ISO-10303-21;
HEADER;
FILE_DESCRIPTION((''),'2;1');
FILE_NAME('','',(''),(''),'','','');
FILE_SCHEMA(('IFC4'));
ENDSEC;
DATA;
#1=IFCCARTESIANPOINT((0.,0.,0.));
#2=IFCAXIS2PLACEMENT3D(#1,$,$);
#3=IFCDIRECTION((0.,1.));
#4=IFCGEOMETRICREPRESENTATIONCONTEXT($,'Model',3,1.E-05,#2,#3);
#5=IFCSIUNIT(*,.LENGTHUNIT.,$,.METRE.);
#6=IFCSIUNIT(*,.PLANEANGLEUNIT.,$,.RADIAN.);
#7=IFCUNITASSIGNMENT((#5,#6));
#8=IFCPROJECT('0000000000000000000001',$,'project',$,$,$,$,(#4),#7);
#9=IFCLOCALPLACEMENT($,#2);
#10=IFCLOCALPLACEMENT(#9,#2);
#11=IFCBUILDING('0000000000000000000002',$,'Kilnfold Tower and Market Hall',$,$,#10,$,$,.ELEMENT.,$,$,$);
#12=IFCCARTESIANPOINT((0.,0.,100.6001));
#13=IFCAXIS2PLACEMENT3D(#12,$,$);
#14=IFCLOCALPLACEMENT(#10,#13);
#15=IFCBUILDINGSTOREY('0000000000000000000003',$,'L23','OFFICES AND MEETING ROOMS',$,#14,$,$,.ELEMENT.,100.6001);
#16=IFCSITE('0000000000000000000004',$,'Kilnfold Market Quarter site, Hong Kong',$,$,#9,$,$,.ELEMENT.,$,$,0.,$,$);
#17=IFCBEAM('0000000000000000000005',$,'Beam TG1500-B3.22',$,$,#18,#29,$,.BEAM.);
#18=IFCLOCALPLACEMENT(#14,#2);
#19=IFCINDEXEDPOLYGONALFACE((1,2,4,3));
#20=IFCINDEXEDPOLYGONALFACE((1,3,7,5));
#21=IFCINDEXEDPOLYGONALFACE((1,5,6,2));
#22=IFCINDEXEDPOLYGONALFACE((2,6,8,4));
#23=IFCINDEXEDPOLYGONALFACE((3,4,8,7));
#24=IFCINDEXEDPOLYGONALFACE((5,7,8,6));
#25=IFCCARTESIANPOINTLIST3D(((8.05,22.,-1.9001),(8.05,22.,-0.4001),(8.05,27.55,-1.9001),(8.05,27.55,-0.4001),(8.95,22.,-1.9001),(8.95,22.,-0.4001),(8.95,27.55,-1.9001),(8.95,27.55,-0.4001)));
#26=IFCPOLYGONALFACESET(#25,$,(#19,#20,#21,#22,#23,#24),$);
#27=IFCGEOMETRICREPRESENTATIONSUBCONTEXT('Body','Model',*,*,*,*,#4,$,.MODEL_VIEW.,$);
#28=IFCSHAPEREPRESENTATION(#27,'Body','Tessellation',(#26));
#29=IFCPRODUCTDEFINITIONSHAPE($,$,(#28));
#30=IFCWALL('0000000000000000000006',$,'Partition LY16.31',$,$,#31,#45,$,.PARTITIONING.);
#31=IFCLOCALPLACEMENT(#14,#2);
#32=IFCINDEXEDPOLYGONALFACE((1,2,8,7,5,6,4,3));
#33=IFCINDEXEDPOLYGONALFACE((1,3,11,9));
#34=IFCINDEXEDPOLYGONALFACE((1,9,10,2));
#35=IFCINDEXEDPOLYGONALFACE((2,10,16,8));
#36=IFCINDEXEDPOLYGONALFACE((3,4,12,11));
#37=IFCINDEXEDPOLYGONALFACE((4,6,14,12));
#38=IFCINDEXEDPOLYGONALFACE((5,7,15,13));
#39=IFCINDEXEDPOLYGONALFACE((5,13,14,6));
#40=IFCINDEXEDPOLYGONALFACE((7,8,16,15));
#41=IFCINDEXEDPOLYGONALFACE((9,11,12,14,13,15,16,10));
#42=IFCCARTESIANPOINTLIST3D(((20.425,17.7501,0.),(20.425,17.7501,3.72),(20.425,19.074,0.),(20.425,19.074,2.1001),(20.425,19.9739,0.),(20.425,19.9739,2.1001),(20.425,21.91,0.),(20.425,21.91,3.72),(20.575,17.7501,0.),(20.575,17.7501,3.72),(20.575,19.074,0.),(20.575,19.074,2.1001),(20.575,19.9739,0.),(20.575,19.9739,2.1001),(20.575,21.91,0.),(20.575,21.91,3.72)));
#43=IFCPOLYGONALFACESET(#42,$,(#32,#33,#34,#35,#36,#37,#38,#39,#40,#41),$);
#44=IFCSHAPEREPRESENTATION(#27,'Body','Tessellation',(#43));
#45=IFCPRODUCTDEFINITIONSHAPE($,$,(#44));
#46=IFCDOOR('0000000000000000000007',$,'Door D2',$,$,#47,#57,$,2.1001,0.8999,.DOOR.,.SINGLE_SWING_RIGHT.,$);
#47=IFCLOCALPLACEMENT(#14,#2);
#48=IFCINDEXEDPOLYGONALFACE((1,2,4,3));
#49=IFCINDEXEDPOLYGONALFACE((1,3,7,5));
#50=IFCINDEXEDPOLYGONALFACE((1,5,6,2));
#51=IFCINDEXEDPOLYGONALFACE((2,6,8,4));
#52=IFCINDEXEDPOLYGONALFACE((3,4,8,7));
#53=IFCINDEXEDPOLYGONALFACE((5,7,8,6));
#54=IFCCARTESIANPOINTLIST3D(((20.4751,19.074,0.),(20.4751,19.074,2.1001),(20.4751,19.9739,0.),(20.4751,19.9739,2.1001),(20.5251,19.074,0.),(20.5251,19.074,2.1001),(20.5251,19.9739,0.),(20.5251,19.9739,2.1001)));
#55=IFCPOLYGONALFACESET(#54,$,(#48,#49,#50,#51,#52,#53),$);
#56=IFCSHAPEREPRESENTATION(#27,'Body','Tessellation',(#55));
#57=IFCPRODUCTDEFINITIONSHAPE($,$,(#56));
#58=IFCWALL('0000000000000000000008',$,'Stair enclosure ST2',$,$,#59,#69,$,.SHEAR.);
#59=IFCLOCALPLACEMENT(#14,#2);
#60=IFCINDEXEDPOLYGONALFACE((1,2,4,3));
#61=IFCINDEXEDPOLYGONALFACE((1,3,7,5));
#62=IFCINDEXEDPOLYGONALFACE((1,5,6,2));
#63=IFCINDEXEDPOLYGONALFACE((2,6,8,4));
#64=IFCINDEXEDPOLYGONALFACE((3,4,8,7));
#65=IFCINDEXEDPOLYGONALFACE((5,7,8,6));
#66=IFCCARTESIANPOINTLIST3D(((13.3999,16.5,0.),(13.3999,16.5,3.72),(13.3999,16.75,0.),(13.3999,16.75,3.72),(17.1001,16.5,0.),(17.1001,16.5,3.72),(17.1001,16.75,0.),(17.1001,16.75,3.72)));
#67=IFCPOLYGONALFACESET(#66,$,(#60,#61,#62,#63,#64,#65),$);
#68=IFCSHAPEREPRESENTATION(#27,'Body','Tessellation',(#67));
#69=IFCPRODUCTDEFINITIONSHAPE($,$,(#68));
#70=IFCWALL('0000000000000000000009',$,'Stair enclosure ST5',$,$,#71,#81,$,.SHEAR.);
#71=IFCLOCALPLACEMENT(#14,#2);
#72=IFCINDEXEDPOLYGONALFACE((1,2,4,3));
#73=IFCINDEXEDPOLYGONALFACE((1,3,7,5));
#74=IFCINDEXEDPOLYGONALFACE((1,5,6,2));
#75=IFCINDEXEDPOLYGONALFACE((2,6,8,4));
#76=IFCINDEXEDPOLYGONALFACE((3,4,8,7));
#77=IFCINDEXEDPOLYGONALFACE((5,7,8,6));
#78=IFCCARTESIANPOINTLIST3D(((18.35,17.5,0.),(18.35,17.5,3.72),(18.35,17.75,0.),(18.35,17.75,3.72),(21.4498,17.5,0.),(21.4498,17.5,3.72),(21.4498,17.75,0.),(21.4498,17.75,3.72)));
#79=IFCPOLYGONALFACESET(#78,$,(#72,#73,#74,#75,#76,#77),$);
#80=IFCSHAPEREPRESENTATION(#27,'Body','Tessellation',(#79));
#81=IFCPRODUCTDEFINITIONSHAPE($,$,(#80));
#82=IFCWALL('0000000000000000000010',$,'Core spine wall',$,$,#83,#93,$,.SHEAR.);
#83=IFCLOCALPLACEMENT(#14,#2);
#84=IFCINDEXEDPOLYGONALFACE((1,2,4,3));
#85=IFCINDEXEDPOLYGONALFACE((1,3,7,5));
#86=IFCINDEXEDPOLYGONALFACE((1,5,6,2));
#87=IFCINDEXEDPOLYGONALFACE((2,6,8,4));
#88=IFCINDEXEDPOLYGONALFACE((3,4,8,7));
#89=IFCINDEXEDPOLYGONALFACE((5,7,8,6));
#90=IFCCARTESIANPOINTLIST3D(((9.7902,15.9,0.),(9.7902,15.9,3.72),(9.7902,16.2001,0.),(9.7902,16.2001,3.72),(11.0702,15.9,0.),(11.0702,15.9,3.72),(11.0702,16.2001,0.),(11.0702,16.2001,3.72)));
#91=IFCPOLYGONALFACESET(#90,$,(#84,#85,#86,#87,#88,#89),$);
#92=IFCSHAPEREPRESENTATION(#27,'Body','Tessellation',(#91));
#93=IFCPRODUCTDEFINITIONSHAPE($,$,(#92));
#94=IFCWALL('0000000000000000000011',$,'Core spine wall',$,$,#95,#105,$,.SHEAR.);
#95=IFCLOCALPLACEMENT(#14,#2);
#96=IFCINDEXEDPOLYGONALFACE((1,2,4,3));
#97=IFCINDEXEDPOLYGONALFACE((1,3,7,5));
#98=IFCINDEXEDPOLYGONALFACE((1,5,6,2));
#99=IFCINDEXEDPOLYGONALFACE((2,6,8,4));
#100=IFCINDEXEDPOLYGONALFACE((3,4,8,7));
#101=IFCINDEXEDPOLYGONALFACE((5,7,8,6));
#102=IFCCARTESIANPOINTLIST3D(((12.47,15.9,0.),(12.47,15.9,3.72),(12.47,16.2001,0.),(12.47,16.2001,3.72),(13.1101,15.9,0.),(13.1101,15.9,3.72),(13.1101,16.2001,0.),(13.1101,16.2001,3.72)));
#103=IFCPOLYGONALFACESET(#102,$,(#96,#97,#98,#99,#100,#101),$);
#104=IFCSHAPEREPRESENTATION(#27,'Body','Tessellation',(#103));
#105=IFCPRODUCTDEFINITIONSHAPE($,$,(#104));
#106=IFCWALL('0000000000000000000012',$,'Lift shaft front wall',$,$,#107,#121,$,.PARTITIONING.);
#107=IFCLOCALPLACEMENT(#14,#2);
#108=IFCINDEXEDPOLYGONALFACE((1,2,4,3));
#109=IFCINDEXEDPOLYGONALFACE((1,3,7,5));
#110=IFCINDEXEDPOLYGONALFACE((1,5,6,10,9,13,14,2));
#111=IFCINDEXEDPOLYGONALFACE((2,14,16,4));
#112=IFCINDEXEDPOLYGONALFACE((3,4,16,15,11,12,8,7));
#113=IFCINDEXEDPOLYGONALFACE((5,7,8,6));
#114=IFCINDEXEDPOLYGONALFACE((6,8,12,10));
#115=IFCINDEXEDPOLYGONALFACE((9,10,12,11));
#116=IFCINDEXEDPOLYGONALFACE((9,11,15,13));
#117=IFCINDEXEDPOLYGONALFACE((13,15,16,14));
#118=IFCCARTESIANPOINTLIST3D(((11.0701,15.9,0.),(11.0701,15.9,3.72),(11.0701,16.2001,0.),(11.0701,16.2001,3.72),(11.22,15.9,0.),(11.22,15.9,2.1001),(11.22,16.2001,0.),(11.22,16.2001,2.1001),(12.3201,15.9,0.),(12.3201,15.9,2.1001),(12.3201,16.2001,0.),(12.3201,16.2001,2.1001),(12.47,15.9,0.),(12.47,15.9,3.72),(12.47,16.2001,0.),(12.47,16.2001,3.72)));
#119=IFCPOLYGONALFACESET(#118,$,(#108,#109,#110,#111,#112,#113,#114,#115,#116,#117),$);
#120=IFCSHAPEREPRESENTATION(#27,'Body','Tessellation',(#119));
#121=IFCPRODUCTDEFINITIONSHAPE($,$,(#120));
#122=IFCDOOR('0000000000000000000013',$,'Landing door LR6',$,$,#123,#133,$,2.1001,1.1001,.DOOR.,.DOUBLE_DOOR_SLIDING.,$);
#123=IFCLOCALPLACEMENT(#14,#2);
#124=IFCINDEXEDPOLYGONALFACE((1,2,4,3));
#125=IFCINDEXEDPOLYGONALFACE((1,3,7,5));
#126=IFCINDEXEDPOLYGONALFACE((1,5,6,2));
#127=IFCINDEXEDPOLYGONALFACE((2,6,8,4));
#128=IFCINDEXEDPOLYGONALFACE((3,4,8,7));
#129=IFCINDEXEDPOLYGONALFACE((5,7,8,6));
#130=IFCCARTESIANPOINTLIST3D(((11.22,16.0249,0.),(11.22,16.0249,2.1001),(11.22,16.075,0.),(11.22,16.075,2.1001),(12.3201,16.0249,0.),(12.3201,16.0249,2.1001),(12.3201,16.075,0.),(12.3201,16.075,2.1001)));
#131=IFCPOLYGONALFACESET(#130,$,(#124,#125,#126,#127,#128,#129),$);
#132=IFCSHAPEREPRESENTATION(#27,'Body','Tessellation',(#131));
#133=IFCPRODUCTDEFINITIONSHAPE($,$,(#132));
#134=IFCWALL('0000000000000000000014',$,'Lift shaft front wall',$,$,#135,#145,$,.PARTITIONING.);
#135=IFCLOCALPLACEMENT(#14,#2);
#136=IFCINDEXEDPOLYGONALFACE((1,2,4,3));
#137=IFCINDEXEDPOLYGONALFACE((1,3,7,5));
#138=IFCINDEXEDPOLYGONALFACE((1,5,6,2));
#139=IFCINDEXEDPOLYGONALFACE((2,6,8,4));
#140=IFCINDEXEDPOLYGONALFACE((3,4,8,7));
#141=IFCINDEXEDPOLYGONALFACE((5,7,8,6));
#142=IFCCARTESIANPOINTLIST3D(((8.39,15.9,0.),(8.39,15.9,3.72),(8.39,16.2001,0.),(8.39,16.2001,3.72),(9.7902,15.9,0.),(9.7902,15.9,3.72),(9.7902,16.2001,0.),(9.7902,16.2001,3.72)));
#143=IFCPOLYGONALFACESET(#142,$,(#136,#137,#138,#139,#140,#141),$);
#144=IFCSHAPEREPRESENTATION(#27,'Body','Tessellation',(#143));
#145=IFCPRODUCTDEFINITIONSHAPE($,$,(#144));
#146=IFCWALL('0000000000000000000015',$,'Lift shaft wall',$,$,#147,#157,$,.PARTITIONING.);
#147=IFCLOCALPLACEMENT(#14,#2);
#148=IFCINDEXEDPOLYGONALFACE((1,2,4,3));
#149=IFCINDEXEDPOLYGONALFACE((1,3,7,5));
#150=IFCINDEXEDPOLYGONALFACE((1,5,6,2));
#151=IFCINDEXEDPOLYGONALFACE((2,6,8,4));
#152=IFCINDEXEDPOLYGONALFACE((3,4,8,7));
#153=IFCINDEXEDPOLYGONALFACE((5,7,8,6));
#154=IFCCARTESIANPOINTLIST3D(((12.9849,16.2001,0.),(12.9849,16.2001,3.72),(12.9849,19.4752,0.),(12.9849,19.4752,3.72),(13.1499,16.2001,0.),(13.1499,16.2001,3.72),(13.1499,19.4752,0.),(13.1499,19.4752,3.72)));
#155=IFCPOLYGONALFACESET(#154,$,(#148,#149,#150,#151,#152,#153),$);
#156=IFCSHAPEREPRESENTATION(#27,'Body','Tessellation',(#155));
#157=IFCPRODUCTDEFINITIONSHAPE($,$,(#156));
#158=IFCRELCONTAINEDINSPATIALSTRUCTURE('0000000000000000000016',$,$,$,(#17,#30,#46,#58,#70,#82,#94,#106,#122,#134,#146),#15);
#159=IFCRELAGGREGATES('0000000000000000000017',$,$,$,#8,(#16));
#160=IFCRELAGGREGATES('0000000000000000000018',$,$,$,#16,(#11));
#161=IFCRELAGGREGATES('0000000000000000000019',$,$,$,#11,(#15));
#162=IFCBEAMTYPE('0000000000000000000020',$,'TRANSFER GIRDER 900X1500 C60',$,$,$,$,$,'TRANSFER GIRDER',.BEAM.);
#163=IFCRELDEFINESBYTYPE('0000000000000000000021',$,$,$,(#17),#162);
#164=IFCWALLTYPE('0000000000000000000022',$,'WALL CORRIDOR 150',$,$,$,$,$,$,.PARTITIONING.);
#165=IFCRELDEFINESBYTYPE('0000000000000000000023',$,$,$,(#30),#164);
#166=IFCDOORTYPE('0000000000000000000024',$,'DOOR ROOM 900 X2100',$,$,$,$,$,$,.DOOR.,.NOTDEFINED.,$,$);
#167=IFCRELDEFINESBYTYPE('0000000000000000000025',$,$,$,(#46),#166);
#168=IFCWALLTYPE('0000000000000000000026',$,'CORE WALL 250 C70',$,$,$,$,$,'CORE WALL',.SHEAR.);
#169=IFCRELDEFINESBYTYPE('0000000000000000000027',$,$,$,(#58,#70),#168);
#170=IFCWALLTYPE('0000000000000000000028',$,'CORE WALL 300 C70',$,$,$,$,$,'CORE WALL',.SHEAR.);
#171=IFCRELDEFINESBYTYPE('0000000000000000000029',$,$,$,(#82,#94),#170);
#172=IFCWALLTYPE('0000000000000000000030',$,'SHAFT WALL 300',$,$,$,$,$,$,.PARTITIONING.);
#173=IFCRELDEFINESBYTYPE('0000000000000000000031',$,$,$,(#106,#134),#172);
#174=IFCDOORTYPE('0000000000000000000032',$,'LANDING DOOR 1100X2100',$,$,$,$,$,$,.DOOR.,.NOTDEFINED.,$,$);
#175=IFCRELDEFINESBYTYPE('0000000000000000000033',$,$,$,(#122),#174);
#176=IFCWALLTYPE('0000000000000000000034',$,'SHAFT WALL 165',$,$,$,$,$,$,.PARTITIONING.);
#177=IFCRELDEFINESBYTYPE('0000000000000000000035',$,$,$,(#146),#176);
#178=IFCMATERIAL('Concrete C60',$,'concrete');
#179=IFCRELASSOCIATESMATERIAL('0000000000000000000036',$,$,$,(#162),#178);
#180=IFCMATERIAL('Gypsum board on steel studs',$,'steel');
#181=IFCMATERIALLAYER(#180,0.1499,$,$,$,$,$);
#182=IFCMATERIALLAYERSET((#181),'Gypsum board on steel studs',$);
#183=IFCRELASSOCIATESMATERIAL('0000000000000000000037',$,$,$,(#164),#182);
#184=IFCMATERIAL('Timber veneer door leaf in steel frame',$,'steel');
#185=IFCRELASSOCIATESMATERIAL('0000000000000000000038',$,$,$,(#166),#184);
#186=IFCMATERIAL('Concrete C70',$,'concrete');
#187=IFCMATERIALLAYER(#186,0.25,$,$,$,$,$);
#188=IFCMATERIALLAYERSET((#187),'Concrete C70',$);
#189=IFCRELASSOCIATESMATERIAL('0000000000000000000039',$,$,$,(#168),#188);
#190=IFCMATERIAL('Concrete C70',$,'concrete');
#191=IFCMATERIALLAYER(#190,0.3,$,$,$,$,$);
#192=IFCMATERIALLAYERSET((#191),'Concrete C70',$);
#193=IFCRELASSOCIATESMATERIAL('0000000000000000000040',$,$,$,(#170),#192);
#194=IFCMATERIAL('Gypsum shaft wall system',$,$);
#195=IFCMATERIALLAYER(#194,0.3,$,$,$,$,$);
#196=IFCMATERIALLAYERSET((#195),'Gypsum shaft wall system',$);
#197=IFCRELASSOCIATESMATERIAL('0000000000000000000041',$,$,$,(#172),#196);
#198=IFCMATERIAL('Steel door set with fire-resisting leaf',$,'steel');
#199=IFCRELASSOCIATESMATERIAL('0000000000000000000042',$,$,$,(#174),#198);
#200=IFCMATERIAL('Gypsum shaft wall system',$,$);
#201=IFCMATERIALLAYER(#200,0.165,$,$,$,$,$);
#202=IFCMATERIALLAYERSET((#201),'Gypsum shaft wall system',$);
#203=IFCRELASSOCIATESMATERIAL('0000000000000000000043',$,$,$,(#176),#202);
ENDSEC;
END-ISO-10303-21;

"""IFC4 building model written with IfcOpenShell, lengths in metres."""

from ifc_helpers import new_model, si_unit, direction, frame, frame_2d, origin, origin_2d, place, context, subcontext, project, spatial, rectangle, extrude, source, transform, mapped, material, layer, layer_set, material_profile, profile_set, type_object, element, fill, save


model = new_model("IFC4")

# Units and contexts
model_context = context("Model", 3, precision=1e-05, world=origin(), true_north=direction((0.0, 1.0)))
body_context = subcontext(model_context, "Body", "Model", "MODEL_VIEW")
ifc_project = project(units=[si_unit("LENGTHUNIT", "METRE"), si_unit("PLANEANGLEUNIT", "RADIAN")], contexts=[model_context])

# Site, building, storey
site_placement = place(None, origin())
site = spatial("IfcSite", under=ifc_project, at=site_placement, Name="Kilnfold Market Quarter site, Hong Kong", CompositionType="ELEMENT", RefElevation=0.0)
building_placement = place(site_placement, origin())
building = spatial("IfcBuilding", under=site, at=building_placement, Name="Kilnfold Tower and Market Hall", CompositionType="ELEMENT")
storey_placement = place(building_placement, frame((0.0, 0.0, 100.6001)))
storey = spatial("IfcBuildingStorey", under=building, at=storey_placement, Name="L23", Description="OFFICES AND MEETING ROOMS", CompositionType="ELEMENT", Elevation=100.6001)

# Beam
ifc_material_1 = material(Name="Concrete C60", Category="concrete")
ifc_material_profile = material_profile(ifc_material_1, rectangle(XDim=0.8999, YDim=1.5, at=origin_2d()), Name="RC 900x1500")
ifc_profile_set = profile_set([ifc_material_profile], Name="Concrete C60")
beam_type = type_object("IfcBeamType", Name="TRANSFER GIRDER 900X1500 C60", ElementType="TRANSFER GIRDER", PredefinedType="BEAM", material=ifc_profile_set)
shared_shape_1 = source(origin(), body_context, "Body", "SweptSolid", [
    extrude(rectangle(XDim=0.8999, YDim=1.5, at=origin_2d()), origin(), (0.0, 0.0, 1.0), 5.55),
])
beam_placement = place(storey_placement, frame((8.5, 22.0, -1.1501), z_axis=(0.0, 1.0, 0.0), x_axis=(-1.0, 0.0, 0.0)))
element("IfcBeam", 1, at=beam_placement, inside=storey, type_object=beam_type, Name="Beam TG1500-B3.22", PredefinedType="BEAM", context=body_context, shape_type="MappedRepresentation", body=[
    mapped(shared_shape_1, transform((0.0, 0.0, 0.0))),
])

# Wall, opening, door
ifc_material_2 = material(Name="Gypsum board on steel studs", Category="steel")
ifc_layer_1 = layer(ifc_material_2, 0.1499)
ifc_layer_set_1 = layer_set([ifc_layer_1], Name="Gypsum board on steel studs")
wall_type_1 = type_object("IfcWallType", Name="WALL CORRIDOR 150", PredefinedType="PARTITIONING", material=ifc_layer_set_1)
wall_1_placement = place(storey_placement, frame((20.5, 17.75, 0.0), z_axis=(0.0, 0.0, 1.0), x_axis=(0.0, 1.0, 0.0)))
wall_1 = element("IfcWall", 2, at=wall_1_placement, inside=storey, type_object=wall_type_1, Name="Partition LY16.31", PredefinedType="PARTITIONING", context=body_context, shape_type="SweptSolid", body=[
    extrude(rectangle(XDim=4.1599, YDim=0.1499, at=frame_2d((2.0801, 0.0))), origin(), (0.0, 0.0, 1.0), 3.72),
])
opening_1_placement = place(wall_1_placement, frame((1.324, 0.0, 0.0)))
opening_1 = element("IfcOpeningElement", 3, at=opening_1_placement, cuts=wall_1, PredefinedType="OPENING", context=body_context, shape_type="SweptSolid", body=[
    extrude(rectangle(XDim=0.8999, YDim=2.1001, at=frame_2d((0.45, 1.05))), frame((0.0, 0.085, 0.0), z_axis=(0.0, -1.0, 0.0), x_axis=(1.0, 0.0, 0.0)), (0.0, 0.0, 1.0), 0.1699),
])
ifc_material_3 = material(Name="Timber veneer door leaf in steel frame", Category="steel")
door_type_1 = type_object("IfcDoorType", Name="DOOR ROOM 900 X2100", OperationType="NOTDEFINED", PredefinedType="DOOR", material=ifc_material_3)
door_1_placement = place(opening_1_placement, origin())
door_1 = element("IfcDoor", 4, at=door_1_placement, inside=storey, type_object=door_type_1, Name="Door D2", OperationType="SINGLE_SWING_RIGHT", OverallHeight=2.1001, OverallWidth=0.8999, PredefinedType="DOOR", context=body_context, shape_type="SweptSolid", body=[
    extrude(rectangle(XDim=0.8999, YDim=2.1001, at=frame_2d((0.45, 1.05))), frame((0.0, 0.0249, 0.0), z_axis=(0.0, -1.0, 0.0), x_axis=(1.0, 0.0, 0.0)), (0.0, 0.0, 1.0), 0.05),
])
fill(opening_1, door_1)

# Walls
ifc_material_4 = material(Name="Concrete C70", Category="concrete")
ifc_layer_2 = layer(ifc_material_4, 0.25)
ifc_layer_set_2 = layer_set([ifc_layer_2], Name="Concrete C70")
wall_type_2 = type_object("IfcWallType", Name="CORE WALL 250 C70", ElementType="CORE WALL", PredefinedType="SHEAR", material=ifc_layer_set_2)
shared_shape_2 = source(origin(), body_context, "Body", "SweptSolid", [
    extrude(rectangle(XDim=3.7002, YDim=0.25, at=frame_2d((1.8501, 0.0))), origin(), (0.0, 0.0, 1.0), 3.72),
])
wall_2_placement = place(storey_placement, frame((13.3999, 16.625, 0.0), z_axis=(0.0, 0.0, 1.0), x_axis=(1.0, 0.0, 0.0)))
element("IfcWall", 5, at=wall_2_placement, inside=storey, type_object=wall_type_2, Name="Stair enclosure ST2", PredefinedType="SHEAR", context=body_context, shape_type="MappedRepresentation", body=[
    mapped(shared_shape_2, transform((0.0, 0.0, 0.0))),
])
shared_shape_3 = source(origin(), body_context, "Body", "SweptSolid", [
    extrude(rectangle(XDim=3.0999, YDim=0.25, at=frame_2d((1.5498, 0.0))), origin(), (0.0, 0.0, 1.0), 3.72),
])
wall_3_placement = place(storey_placement, frame((18.3501, 17.625, 0.0), z_axis=(0.0, 0.0, 1.0), x_axis=(1.0, 0.0, 0.0)))
element("IfcWall", 6, at=wall_3_placement, inside=storey, type_object=wall_type_2, Name="Stair enclosure ST5", PredefinedType="SHEAR", context=body_context, shape_type="MappedRepresentation", body=[
    mapped(shared_shape_3, transform((0.0, 0.0, 0.0))),
])
ifc_material_5 = material(Name="Concrete C70", Category="concrete")
ifc_layer_3 = layer(ifc_material_5, 0.3)
ifc_layer_set_3 = layer_set([ifc_layer_3], Name="Concrete C70")
wall_type_3 = type_object("IfcWallType", Name="CORE WALL 300 C70", ElementType="CORE WALL", PredefinedType="SHEAR", material=ifc_layer_set_3)
shared_shape_4 = source(origin(), body_context, "Body", "SweptSolid", [
    extrude(rectangle(XDim=1.28, YDim=0.3, at=frame_2d((0.6401, 0.0))), origin(), (0.0, 0.0, 1.0), 3.72),
])
wall_4_placement = place(storey_placement, frame((9.79, 16.05, 0.0), z_axis=(0.0, 0.0, 1.0), x_axis=(1.0, 0.0, 0.0)))
element("IfcWall", 7, at=wall_4_placement, inside=storey, type_object=wall_type_3, Name="Core spine wall", PredefinedType="SHEAR", context=body_context, shape_type="MappedRepresentation", body=[
    mapped(shared_shape_4, transform((0.0, 0.0, 0.0))),
])
shared_shape_5 = source(origin(), body_context, "Body", "SweptSolid", [
    extrude(rectangle(XDim=0.6401, YDim=0.3, at=frame_2d((0.3201, 0.0))), origin(), (0.0, 0.0, 1.0), 3.72),
])
wall_5_placement = place(storey_placement, frame((12.47, 16.05, 0.0), z_axis=(0.0, 0.0, 1.0), x_axis=(1.0, 0.0, 0.0)))
element("IfcWall", 8, at=wall_5_placement, inside=storey, type_object=wall_type_3, Name="Core spine wall", PredefinedType="SHEAR", context=body_context, shape_type="MappedRepresentation", body=[
    mapped(shared_shape_5, transform((0.0, 0.0, 0.0))),
])

# Wall, opening, door
ifc_material_6 = material(Name="Gypsum shaft wall system")
ifc_layer_4 = layer(ifc_material_6, 0.3)
ifc_layer_set_4 = layer_set([ifc_layer_4], Name="Gypsum shaft wall system")
wall_type_4 = type_object("IfcWallType", Name="SHAFT WALL 300", PredefinedType="PARTITIONING", material=ifc_layer_set_4)
shared_shape_6 = source(origin(), body_context, "Body", "SweptSolid", [
    extrude(rectangle(XDim=1.3999, YDim=0.3, at=frame_2d((0.7, 0.0))), origin(), (0.0, 0.0, 1.0), 3.72),
])
wall_6_placement = place(storey_placement, frame((11.0701, 16.05, 0.0), z_axis=(0.0, 0.0, 1.0), x_axis=(1.0, 0.0, 0.0)))
wall_6 = element("IfcWall", 9, at=wall_6_placement, inside=storey, type_object=wall_type_4, Name="Lift shaft front wall", PredefinedType="PARTITIONING", context=body_context, shape_type="MappedRepresentation", body=[
    mapped(shared_shape_6, transform((0.0, 0.0, 0.0))),
])
opening_2_placement = place(wall_6_placement, frame((0.1499, 0.0, 0.0)))
opening_2 = element("IfcOpeningElement", 10, at=opening_2_placement, cuts=wall_6, PredefinedType="OPENING", context=body_context, shape_type="SweptSolid", body=[
    extrude(rectangle(XDim=1.1001, YDim=2.1001, at=frame_2d((0.55, 1.05))), frame((0.0, 0.1602, 0.0), z_axis=(0.0, -1.0, 0.0), x_axis=(1.0, 0.0, 0.0)), (0.0, 0.0, 1.0), 0.3201),
])
ifc_material_7 = material(Name="Steel door set with fire-resisting leaf", Category="steel")
door_type_2 = type_object("IfcDoorType", Name="LANDING DOOR 1100X2100", OperationType="NOTDEFINED", PredefinedType="DOOR", material=ifc_material_7)
door_2_placement = place(opening_2_placement, origin())
door_2 = element("IfcDoor", 11, at=door_2_placement, inside=storey, type_object=door_type_2, Name="Landing door LR6", OperationType="DOUBLE_DOOR_SLIDING", OverallHeight=2.1001, OverallWidth=1.1001, PredefinedType="DOOR", context=body_context, shape_type="SweptSolid", body=[
    extrude(rectangle(XDim=1.1001, YDim=2.1001, at=frame_2d((0.55, 1.05))), frame((0.0, 0.0249, 0.0), z_axis=(0.0, -1.0, 0.0), x_axis=(1.0, 0.0, 0.0)), (0.0, 0.0, 1.0), 0.05),
])
fill(opening_2, door_2)

# Walls
shared_shape_7 = source(origin(), body_context, "Body", "SweptSolid", [
    extrude(rectangle(XDim=1.4001, YDim=0.3, at=frame_2d((0.7002, 0.0))), origin(), (0.0, 0.0, 1.0), 3.72),
])
wall_7_placement = place(storey_placement, frame((8.3899, 16.05, 0.0), z_axis=(0.0, 0.0, 1.0), x_axis=(1.0, 0.0, 0.0)))
element("IfcWall", 12, at=wall_7_placement, inside=storey, type_object=wall_type_4, Name="Lift shaft front wall", PredefinedType="PARTITIONING", context=body_context, shape_type="MappedRepresentation", body=[
    mapped(shared_shape_7, transform((0.0, 0.0, 0.0))),
])
ifc_material_8 = material(Name="Gypsum shaft wall system")
ifc_layer_5 = layer(ifc_material_8, 0.165)
ifc_layer_set_5 = layer_set([ifc_layer_5], Name="Gypsum shaft wall system")
wall_type_5 = type_object("IfcWallType", Name="SHAFT WALL 165", PredefinedType="PARTITIONING", material=ifc_layer_set_5)
shared_shape_8 = source(origin(), body_context, "Body", "SweptSolid", [
    extrude(rectangle(XDim=3.2751, YDim=0.165, at=frame_2d((1.6377, 0.0))), origin(), (0.0, 0.0, 1.0), 3.72),
])
wall_8_placement = place(storey_placement, frame((13.0674, 16.2, 0.0), z_axis=(0.0, 0.0, 1.0), x_axis=(0.0, 1.0, 0.0)))
element("IfcWall", 13, at=wall_8_placement, inside=storey, type_object=wall_type_5, Name="Lift shaft wall", PredefinedType="PARTITIONING", context=body_context, shape_type="MappedRepresentation", body=[
    mapped(shared_shape_8, transform((0.0, 0.0, 0.0))),
])

save(model, "model.ifc")
